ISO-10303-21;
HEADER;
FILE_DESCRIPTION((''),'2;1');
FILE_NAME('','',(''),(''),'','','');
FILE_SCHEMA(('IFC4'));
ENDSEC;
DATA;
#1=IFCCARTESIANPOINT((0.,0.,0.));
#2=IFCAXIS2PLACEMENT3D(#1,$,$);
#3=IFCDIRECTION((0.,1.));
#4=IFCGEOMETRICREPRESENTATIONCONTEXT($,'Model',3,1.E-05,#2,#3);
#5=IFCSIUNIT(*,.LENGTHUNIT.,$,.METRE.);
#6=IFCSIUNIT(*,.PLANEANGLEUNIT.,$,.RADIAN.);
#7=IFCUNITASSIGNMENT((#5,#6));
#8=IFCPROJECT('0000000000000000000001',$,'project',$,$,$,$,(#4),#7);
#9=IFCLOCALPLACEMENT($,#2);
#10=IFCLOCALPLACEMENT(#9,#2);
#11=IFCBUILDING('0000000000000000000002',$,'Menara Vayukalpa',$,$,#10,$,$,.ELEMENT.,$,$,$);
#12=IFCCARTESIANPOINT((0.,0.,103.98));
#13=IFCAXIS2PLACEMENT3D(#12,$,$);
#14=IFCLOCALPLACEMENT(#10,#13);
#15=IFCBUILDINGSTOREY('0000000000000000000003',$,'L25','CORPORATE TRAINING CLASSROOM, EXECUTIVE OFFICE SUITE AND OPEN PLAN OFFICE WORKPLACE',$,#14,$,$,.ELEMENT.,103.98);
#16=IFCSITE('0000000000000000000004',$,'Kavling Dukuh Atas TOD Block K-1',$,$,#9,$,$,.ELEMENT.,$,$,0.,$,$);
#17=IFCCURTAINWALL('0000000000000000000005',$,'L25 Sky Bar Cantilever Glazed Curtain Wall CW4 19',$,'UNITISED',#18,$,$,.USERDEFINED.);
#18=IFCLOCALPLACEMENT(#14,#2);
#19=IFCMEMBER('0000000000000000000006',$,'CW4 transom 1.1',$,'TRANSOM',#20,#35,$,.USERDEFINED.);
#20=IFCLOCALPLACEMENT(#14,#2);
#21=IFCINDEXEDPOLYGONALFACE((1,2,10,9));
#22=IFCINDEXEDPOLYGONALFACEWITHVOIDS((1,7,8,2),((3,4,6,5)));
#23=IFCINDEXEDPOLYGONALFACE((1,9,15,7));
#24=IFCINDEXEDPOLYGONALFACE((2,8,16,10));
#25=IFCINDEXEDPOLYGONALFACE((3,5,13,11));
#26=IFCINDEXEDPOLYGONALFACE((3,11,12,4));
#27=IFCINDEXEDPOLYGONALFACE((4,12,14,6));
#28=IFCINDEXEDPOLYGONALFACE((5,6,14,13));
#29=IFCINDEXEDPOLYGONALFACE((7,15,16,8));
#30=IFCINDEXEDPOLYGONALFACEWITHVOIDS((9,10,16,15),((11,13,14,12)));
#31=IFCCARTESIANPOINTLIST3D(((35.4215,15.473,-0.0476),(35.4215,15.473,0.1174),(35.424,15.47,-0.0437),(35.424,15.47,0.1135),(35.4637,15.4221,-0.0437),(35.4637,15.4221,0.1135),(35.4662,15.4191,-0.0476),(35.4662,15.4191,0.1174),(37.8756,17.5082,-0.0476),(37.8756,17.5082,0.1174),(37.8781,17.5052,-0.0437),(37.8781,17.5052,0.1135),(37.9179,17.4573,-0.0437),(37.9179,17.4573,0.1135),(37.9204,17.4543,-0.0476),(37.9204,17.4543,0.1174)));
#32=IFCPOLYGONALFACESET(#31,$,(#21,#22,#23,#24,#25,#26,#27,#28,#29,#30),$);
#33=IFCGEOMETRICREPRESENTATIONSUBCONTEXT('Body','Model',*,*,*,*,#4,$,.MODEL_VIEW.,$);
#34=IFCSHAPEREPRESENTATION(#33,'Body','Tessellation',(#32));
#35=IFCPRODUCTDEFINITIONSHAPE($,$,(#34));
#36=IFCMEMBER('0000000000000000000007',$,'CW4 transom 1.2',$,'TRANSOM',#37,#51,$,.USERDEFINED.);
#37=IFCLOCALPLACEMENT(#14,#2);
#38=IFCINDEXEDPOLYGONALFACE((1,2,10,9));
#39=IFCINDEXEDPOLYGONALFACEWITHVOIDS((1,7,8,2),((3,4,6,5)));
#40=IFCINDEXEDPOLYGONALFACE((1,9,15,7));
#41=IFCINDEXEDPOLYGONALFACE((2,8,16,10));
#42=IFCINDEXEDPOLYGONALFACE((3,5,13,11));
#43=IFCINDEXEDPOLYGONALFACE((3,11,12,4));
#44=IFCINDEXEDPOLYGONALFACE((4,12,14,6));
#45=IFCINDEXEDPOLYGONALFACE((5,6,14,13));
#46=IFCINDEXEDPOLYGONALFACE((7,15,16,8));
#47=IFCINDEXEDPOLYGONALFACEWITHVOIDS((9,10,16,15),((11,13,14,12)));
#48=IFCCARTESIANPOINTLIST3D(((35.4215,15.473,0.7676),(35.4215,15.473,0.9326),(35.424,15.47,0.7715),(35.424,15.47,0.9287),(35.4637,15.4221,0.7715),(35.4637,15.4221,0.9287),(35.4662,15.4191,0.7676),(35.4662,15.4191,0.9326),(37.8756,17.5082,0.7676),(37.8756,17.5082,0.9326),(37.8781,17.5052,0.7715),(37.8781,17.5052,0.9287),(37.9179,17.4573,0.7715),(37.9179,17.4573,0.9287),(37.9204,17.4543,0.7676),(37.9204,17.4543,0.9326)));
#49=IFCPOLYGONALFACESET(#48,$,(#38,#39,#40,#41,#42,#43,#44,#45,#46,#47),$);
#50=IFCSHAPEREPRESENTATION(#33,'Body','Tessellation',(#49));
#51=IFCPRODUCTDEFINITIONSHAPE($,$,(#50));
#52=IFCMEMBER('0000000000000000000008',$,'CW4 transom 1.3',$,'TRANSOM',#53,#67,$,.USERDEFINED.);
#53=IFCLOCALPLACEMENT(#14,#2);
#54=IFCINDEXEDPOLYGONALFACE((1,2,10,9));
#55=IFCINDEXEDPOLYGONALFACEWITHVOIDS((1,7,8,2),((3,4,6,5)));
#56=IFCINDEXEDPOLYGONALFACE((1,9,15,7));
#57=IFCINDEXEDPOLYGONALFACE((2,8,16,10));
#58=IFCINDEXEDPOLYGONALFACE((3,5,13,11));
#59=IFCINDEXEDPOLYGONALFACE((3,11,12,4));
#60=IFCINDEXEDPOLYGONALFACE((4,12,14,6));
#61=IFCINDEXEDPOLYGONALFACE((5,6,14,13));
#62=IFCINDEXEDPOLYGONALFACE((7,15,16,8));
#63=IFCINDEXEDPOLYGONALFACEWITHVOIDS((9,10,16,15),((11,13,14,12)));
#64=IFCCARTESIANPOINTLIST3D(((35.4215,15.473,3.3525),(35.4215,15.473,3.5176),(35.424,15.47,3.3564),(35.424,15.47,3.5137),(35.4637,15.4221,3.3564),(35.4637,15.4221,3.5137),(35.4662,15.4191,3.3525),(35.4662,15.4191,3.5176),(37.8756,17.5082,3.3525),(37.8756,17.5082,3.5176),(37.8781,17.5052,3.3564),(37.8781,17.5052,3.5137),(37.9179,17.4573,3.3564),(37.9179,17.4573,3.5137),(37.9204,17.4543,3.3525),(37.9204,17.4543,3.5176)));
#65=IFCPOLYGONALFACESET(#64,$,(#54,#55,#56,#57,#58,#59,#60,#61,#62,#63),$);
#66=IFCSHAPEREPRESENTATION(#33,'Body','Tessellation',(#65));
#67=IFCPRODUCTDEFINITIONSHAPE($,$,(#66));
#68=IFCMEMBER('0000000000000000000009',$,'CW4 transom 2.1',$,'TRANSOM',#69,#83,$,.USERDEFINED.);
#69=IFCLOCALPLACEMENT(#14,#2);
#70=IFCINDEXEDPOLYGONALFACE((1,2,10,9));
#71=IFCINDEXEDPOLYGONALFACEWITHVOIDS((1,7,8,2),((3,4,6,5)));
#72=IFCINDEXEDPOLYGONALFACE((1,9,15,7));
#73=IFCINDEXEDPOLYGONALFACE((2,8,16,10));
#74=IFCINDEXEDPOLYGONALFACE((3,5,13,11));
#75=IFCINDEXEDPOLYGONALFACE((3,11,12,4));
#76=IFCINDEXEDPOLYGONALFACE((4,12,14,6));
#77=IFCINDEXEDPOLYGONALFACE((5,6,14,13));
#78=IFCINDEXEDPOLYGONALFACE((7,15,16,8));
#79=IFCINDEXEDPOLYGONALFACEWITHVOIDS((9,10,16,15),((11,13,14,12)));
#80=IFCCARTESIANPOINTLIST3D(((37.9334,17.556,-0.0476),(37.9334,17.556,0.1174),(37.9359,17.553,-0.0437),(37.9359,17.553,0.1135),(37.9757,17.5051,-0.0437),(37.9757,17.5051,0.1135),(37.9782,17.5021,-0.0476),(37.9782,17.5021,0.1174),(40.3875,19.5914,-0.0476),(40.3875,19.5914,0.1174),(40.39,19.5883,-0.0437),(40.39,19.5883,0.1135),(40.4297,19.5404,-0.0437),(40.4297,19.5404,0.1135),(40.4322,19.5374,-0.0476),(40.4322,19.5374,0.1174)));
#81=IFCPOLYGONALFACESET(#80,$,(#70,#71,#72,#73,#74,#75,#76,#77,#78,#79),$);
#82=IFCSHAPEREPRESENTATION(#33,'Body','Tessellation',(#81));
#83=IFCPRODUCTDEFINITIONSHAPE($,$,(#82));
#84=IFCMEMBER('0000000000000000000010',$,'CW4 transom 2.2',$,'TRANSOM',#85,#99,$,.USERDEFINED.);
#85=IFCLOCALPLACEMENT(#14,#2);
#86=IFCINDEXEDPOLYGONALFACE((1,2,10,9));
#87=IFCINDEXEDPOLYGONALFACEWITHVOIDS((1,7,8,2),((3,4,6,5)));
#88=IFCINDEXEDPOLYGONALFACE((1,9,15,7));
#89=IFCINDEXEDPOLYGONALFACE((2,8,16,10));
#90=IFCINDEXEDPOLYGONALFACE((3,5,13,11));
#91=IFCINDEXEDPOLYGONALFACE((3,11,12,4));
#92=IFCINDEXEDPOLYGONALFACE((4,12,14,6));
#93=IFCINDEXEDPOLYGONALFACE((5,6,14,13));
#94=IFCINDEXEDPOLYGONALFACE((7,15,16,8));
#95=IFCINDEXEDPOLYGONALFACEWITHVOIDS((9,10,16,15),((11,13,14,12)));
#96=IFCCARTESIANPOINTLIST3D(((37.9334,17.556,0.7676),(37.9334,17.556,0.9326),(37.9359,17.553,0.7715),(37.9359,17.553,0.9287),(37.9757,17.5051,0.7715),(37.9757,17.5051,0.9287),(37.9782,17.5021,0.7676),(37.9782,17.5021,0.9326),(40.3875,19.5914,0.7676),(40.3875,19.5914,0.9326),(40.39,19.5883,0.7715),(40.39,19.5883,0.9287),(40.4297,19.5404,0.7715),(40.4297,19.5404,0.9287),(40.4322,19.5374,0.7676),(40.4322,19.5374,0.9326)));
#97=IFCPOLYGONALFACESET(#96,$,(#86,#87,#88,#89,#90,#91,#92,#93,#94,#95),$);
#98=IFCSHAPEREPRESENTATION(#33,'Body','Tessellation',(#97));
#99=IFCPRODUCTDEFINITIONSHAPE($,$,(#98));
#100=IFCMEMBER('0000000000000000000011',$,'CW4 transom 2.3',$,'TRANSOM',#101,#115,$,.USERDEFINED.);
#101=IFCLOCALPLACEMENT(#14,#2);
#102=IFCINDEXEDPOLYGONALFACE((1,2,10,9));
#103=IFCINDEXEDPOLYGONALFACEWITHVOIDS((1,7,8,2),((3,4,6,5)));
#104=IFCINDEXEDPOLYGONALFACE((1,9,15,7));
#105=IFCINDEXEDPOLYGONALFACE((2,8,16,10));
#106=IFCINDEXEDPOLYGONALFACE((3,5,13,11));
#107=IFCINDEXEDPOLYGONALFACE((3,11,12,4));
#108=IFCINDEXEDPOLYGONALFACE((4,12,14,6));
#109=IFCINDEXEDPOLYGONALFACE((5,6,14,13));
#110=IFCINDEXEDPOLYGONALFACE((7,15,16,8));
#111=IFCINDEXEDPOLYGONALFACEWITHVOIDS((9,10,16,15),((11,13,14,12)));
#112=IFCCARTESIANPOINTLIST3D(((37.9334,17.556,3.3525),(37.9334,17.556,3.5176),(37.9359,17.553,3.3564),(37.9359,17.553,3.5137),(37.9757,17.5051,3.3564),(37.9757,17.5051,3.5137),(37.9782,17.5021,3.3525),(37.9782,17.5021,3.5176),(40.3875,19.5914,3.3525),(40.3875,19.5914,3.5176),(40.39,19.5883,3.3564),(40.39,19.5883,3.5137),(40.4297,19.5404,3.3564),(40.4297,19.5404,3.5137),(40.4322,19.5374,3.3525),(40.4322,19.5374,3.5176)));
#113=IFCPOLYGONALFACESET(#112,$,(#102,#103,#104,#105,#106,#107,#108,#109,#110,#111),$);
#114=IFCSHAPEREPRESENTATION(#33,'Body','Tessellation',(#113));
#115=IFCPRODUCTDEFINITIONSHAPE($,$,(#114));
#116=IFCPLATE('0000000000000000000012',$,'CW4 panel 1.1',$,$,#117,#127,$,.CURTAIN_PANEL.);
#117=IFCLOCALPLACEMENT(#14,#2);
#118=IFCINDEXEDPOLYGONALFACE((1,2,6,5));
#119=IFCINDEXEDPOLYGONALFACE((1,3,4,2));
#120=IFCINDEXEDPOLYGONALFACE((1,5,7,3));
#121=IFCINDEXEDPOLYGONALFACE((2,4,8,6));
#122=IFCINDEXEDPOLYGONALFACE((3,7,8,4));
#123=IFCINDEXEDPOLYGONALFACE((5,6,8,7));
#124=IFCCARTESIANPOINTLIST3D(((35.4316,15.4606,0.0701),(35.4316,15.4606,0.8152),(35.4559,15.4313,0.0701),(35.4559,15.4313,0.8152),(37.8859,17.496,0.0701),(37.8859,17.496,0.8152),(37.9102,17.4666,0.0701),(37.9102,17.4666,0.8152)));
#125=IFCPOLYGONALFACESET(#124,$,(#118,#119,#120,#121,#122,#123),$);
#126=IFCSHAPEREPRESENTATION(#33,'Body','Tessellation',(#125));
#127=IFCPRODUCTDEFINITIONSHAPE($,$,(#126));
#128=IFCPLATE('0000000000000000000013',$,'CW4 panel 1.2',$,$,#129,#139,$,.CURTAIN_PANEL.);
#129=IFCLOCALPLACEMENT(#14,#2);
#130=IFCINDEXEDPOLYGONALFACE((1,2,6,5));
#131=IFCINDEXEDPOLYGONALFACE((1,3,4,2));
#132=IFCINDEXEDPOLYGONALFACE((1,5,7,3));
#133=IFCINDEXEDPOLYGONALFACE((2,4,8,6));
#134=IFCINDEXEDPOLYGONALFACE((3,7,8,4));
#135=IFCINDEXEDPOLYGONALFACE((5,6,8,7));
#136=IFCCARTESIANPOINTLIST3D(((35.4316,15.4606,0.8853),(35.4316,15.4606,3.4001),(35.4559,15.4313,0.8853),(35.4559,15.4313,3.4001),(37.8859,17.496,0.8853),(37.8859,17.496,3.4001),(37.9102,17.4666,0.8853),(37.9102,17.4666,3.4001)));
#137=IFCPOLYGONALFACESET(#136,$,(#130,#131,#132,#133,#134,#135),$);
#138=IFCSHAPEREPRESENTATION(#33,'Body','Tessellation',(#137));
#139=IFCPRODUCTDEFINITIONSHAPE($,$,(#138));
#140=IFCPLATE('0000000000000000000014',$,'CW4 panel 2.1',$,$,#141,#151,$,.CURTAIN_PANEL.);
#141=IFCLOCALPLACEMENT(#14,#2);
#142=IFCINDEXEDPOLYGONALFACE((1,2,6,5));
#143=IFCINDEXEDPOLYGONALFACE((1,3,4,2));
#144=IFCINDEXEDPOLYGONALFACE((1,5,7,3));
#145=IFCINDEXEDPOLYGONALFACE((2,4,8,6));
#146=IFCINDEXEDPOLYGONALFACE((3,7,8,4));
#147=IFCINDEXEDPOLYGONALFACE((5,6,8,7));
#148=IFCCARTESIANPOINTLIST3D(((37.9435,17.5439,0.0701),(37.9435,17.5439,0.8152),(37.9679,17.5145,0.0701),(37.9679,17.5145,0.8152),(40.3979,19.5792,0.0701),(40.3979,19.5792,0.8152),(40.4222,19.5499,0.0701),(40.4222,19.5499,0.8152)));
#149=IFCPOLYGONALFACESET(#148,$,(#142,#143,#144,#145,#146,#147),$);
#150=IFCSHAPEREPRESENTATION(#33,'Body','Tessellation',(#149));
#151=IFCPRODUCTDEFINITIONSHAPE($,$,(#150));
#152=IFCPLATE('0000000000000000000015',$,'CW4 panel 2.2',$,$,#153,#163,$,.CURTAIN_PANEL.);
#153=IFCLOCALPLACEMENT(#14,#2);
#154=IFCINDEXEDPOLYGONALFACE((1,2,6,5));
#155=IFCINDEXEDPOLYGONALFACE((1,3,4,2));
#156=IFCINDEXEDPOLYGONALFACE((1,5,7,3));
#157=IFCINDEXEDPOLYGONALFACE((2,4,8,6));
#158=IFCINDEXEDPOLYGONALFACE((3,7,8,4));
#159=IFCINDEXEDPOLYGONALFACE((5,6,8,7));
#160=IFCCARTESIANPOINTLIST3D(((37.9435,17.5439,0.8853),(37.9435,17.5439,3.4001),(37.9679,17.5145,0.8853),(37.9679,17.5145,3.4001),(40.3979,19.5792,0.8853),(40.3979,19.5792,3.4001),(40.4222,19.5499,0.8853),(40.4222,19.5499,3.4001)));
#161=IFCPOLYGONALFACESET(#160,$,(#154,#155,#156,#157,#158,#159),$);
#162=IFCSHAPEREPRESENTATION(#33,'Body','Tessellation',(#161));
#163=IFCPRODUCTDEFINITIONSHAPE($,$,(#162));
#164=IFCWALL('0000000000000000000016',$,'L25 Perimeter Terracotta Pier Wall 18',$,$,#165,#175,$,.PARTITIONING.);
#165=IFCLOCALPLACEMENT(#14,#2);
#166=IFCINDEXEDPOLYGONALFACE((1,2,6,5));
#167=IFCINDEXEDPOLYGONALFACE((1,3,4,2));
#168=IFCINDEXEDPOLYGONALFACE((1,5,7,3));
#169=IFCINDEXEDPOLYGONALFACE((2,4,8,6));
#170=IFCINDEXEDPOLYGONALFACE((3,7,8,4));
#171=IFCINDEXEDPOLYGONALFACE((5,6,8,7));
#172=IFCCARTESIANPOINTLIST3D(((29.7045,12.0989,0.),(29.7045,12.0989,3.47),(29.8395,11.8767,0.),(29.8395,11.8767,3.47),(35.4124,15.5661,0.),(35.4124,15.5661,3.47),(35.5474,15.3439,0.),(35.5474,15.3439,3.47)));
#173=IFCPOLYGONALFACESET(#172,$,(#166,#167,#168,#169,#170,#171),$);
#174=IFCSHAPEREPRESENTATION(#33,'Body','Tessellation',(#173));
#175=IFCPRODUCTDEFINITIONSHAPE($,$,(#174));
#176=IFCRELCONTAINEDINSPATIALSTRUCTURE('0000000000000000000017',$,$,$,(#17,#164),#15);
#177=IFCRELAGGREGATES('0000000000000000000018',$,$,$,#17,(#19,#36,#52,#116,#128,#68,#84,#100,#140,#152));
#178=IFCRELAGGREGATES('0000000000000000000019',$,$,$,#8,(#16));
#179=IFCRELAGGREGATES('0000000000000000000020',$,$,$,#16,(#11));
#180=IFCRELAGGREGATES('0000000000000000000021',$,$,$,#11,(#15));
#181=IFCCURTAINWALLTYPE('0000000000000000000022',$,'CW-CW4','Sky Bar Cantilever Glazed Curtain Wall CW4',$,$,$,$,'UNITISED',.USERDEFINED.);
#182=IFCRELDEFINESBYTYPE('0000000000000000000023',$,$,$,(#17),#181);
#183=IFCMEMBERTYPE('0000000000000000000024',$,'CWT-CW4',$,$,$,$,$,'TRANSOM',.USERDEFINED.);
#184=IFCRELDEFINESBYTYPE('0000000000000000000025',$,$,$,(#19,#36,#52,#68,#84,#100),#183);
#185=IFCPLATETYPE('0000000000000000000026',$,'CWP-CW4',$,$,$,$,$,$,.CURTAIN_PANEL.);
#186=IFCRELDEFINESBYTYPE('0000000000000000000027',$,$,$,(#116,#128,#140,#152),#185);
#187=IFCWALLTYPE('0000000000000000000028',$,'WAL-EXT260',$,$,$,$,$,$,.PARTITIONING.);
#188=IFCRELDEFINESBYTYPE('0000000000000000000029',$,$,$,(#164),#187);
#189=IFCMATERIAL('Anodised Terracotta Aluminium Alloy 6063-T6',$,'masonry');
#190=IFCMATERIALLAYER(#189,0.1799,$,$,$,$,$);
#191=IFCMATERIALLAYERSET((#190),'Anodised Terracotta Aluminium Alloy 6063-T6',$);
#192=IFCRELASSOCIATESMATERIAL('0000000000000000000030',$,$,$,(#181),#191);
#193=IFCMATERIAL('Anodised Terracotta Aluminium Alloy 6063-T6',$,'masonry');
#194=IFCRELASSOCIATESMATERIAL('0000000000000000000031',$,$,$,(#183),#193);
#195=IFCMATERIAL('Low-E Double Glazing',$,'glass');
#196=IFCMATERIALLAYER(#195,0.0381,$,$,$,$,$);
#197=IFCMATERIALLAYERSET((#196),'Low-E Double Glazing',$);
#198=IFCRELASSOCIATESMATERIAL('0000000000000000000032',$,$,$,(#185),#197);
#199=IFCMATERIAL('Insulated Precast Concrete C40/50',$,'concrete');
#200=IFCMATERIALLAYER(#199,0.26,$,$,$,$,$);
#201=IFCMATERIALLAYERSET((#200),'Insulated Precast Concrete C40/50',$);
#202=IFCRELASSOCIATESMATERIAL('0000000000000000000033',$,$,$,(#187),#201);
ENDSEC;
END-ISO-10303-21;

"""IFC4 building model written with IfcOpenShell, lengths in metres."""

from ifc_helpers import new_model, si_unit, direction, frame, frame_2d, origin, origin_2d, place, context, subcontext, project, spatial, rectangle, hollow_rectangle, extrude, material, layer, layer_set, material_profile, profile_set, type_object, element, aggregate, save


model = new_model("IFC4")

# Units and contexts
model_context = context("Model", 3, precision=1e-05, world=origin(), true_north=direction((0.0, 1.0)))
body_context = subcontext(model_context, "Body", "Model", "MODEL_VIEW")
ifc_project = project(units=[si_unit("LENGTHUNIT", "METRE"), si_unit("PLANEANGLEUNIT", "RADIAN")], contexts=[model_context])

# Site, building, storey
site_placement = place(None, origin())
site = spatial("IfcSite", under=ifc_project, at=site_placement, Name="Kavling Dukuh Atas TOD Block K-1", CompositionType="ELEMENT", RefElevation=0.0)
building_placement = place(site_placement, origin())
building = spatial("IfcBuilding", under=site, at=building_placement, Name="Menara Vayukalpa", CompositionType="ELEMENT")
storey_placement = place(building_placement, frame((0.0, 0.0, 103.98)))
storey = spatial("IfcBuildingStorey", under=building, at=storey_placement, Name="L25", Description="CORPORATE TRAINING CLASSROOM, EXECUTIVE OFFICE SUITE AND OPEN PLAN OFFICE WORKPLACE", CompositionType="ELEMENT", Elevation=103.98)

# Curtain wall, members, plates
ifc_material_1 = material(Name="Anodised Terracotta Aluminium Alloy 6063-T6", Category="masonry")
ifc_layer_1 = layer(ifc_material_1, 0.1799)
ifc_layer_set_1 = layer_set([ifc_layer_1], Name="Anodised Terracotta Aluminium Alloy 6063-T6")
curtain_wall_type = type_object("IfcCurtainWallType", Name="CW-CW4", Description="Sky Bar Cantilever Glazed Curtain Wall CW4", ElementType="UNITISED", PredefinedType="USERDEFINED", material=ifc_layer_set_1)
curtain_wall_placement = place(storey_placement, origin())
curtain_wall = element("IfcCurtainWall", 1, at=curtain_wall_placement, inside=storey, type_object=curtain_wall_type, Name="L25 Sky Bar Cantilever Glazed Curtain Wall CW4 19", ObjectType="UNITISED", PredefinedType="USERDEFINED")
ifc_material_2 = material(Name="Anodised Terracotta Aluminium Alloy 6063-T6", Category="masonry")
ifc_material_profile_1 = material_profile(ifc_material_2, hollow_rectangle(XDim=0.0701, YDim=0.165, WallThickness=0.0039, at=origin_2d()), Name="ALU 70x165x4")
ifc_profile_set_1 = profile_set([ifc_material_profile_1], Name="Anodised Terracotta Aluminium Alloy 6063-T6")
member_type_1 = type_object("IfcMemberType", Name="CWT-CW4", ElementType="TRANSOM", PredefinedType="USERDEFINED", material=ifc_profile_set_1)
member_1_placement = place(storey_placement, frame((35.4438, 15.446, 0.0349), z_axis=(0.769751, 0.638345, 0.0), x_axis=(-0.638345, 0.769751, 0.0)))
member_1 = element("IfcMember", 2, at=member_1_placement, type_object=member_type_1, Name="CW4 transom 1.1", ObjectType="TRANSOM", PredefinedType="USERDEFINED", context=body_context, shape_type="SweptSolid", body=[
    extrude(hollow_rectangle(XDim=0.0701, YDim=0.165, WallThickness=0.0039, at=origin_2d()), origin(), (0.0, 0.0, 1.0), 3.1882),
])
member_2_placement = place(storey_placement, frame((35.4438, 15.446, 0.8501), z_axis=(0.769751, 0.638345, 0.0), x_axis=(-0.638345, 0.769751, 0.0)))
member_2 = element("IfcMember", 3, at=member_2_placement, type_object=member_type_1, Name="CW4 transom 1.2", ObjectType="TRANSOM", PredefinedType="USERDEFINED", context=body_context, shape_type="SweptSolid", body=[
    extrude(hollow_rectangle(XDim=0.0701, YDim=0.165, WallThickness=0.0039, at=origin_2d()), origin(), (0.0, 0.0, 1.0), 3.1882),
])
member_3_placement = place(storey_placement, frame((35.4438, 15.446, 3.4351), z_axis=(0.769751, 0.638345, 0.0), x_axis=(-0.638345, 0.769751, 0.0)))
member_3 = element("IfcMember", 4, at=member_3_placement, type_object=member_type_1, Name="CW4 transom 1.3", ObjectType="TRANSOM", PredefinedType="USERDEFINED", context=body_context, shape_type="SweptSolid", body=[
    extrude(hollow_rectangle(XDim=0.0701, YDim=0.165, WallThickness=0.0039, at=origin_2d()), origin(), (0.0, 0.0, 1.0), 3.1882),
])
member_4_placement = place(storey_placement, frame((37.9558, 17.5291, 0.0349), z_axis=(0.769713, 0.63839, 0.0), x_axis=(-0.63839, 0.769713, 0.0)))
member_4 = element("IfcMember", 5, at=member_4_placement, type_object=member_type_1, Name="CW4 transom 2.1", ObjectType="TRANSOM", PredefinedType="USERDEFINED", context=body_context, shape_type="SweptSolid", body=[
    extrude(hollow_rectangle(XDim=0.0701, YDim=0.165, WallThickness=0.0039, at=origin_2d()), origin(), (0.0, 0.0, 1.0), 3.1882),
])
member_5_placement = place(storey_placement, frame((37.9558, 17.5291, 0.8501), z_axis=(0.769713, 0.63839, 0.0), x_axis=(-0.63839, 0.769713, 0.0)))
member_5 = element("IfcMember", 6, at=member_5_placement, type_object=member_type_1, Name="CW4 transom 2.2", ObjectType="TRANSOM", PredefinedType="USERDEFINED", context=body_context, shape_type="SweptSolid", body=[
    extrude(hollow_rectangle(XDim=0.0701, YDim=0.165, WallThickness=0.0039, at=origin_2d()), origin(), (0.0, 0.0, 1.0), 3.1882),
])
member_6_placement = place(storey_placement, frame((37.9558, 17.5291, 3.4351), z_axis=(0.769713, 0.63839, 0.0), x_axis=(-0.63839, 0.769713, 0.0)))
member_6 = element("IfcMember", 7, at=member_6_placement, type_object=member_type_1, Name="CW4 transom 2.3", ObjectType="TRANSOM", PredefinedType="USERDEFINED", context=body_context, shape_type="SweptSolid", body=[
    extrude(hollow_rectangle(XDim=0.0701, YDim=0.165, WallThickness=0.0039, at=origin_2d()), origin(), (0.0, 0.0, 1.0), 3.1882),
])
ifc_material_3 = material(Name="Low-E Double Glazing", Category="glass")
ifc_layer_2 = layer(ifc_material_3, 0.0381)
ifc_layer_set_2 = layer_set([ifc_layer_2], Name="Low-E Double Glazing")
plate_type = type_object("IfcPlateType", Name="CWP-CW4", PredefinedType="CURTAIN_PANEL", material=ifc_layer_set_2)
plate_1_placement = place(storey_placement, frame((36.6709, 16.4636, 0.0701), z_axis=(0.0, 0.0, 1.0), x_axis=(0.76975, 0.638346, 0.0)))
plate_1 = element("IfcPlate", 8, at=plate_1_placement, type_object=plate_type, Name="CW4 panel 1.1", PredefinedType="CURTAIN_PANEL", context=body_context, shape_type="SweptSolid", body=[
    extrude(rectangle(XDim=3.1885, YDim=0.0381, at=origin_2d()), origin(), (0.0, 0.0, 1.0), 0.7451),
])
plate_2_placement = place(storey_placement, frame((36.6709, 16.4636, 0.8853), z_axis=(0.0, 0.0, 1.0), x_axis=(0.76975, 0.638346, 0.0)))
plate_2 = element("IfcPlate", 9, at=plate_2_placement, type_object=plate_type, Name="CW4 panel 1.2", PredefinedType="CURTAIN_PANEL", context=body_context, shape_type="SweptSolid", body=[
    extrude(rectangle(XDim=3.1885, YDim=0.0381, at=origin_2d()), origin(), (0.0, 0.0, 1.0), 2.5149),
])
plate_3_placement = place(storey_placement, frame((39.1829, 18.5469, 0.0701), z_axis=(0.0, 0.0, 1.0), x_axis=(0.76975, 0.638346, 0.0)))
plate_3 = element("IfcPlate", 10, at=plate_3_placement, type_object=plate_type, Name="CW4 panel 2.1", PredefinedType="CURTAIN_PANEL", context=body_context, shape_type="SweptSolid", body=[
    extrude(rectangle(XDim=3.1885, YDim=0.0381, at=origin_2d()), origin(), (0.0, 0.0, 1.0), 0.7451),
])
plate_4_placement = place(storey_placement, frame((39.1829, 18.5469, 0.8853), z_axis=(0.0, 0.0, 1.0), x_axis=(0.76975, 0.638346, 0.0)))
plate_4 = element("IfcPlate", 11, at=plate_4_placement, type_object=plate_type, Name="CW4 panel 2.2", PredefinedType="CURTAIN_PANEL", context=body_context, shape_type="SweptSolid", body=[
    extrude(rectangle(XDim=3.1885, YDim=0.0381, at=origin_2d()), origin(), (0.0, 0.0, 1.0), 2.5149),
])
aggregate(curtain_wall, [member_1, member_2, member_3, plate_1, plate_2, member_4, member_5, member_6, plate_3, plate_4])

# Wall
ifc_material_4 = material(Name="Insulated Precast Concrete C40/50", Category="concrete")
ifc_layer_3 = layer(ifc_material_4, 0.26)
ifc_layer_set_3 = layer_set([ifc_layer_3], Name="Insulated Precast Concrete C40/50")
wall_type = type_object("IfcWallType", Name="WAL-EXT260", PredefinedType="PARTITIONING", material=ifc_layer_set_3)
wall_placement = place(storey_placement, frame((35.48, 15.4551, 0.0), z_axis=(0.0, 0.0, 1.0), x_axis=(-0.854674, -0.519165, 0.0)))
element("IfcWall", 12, at=wall_placement, inside=storey, type_object=wall_type, Name="L25 Perimeter Terracotta Pier Wall 18", PredefinedType="PARTITIONING", context=body_context, shape_type="SweptSolid", body=[
    extrude(rectangle(XDim=6.6785, YDim=0.26, at=frame_2d((3.3394, 0.0))), origin(), (0.0, 0.0, 1.0), 3.47),
])

save(model, "model.ifc")
